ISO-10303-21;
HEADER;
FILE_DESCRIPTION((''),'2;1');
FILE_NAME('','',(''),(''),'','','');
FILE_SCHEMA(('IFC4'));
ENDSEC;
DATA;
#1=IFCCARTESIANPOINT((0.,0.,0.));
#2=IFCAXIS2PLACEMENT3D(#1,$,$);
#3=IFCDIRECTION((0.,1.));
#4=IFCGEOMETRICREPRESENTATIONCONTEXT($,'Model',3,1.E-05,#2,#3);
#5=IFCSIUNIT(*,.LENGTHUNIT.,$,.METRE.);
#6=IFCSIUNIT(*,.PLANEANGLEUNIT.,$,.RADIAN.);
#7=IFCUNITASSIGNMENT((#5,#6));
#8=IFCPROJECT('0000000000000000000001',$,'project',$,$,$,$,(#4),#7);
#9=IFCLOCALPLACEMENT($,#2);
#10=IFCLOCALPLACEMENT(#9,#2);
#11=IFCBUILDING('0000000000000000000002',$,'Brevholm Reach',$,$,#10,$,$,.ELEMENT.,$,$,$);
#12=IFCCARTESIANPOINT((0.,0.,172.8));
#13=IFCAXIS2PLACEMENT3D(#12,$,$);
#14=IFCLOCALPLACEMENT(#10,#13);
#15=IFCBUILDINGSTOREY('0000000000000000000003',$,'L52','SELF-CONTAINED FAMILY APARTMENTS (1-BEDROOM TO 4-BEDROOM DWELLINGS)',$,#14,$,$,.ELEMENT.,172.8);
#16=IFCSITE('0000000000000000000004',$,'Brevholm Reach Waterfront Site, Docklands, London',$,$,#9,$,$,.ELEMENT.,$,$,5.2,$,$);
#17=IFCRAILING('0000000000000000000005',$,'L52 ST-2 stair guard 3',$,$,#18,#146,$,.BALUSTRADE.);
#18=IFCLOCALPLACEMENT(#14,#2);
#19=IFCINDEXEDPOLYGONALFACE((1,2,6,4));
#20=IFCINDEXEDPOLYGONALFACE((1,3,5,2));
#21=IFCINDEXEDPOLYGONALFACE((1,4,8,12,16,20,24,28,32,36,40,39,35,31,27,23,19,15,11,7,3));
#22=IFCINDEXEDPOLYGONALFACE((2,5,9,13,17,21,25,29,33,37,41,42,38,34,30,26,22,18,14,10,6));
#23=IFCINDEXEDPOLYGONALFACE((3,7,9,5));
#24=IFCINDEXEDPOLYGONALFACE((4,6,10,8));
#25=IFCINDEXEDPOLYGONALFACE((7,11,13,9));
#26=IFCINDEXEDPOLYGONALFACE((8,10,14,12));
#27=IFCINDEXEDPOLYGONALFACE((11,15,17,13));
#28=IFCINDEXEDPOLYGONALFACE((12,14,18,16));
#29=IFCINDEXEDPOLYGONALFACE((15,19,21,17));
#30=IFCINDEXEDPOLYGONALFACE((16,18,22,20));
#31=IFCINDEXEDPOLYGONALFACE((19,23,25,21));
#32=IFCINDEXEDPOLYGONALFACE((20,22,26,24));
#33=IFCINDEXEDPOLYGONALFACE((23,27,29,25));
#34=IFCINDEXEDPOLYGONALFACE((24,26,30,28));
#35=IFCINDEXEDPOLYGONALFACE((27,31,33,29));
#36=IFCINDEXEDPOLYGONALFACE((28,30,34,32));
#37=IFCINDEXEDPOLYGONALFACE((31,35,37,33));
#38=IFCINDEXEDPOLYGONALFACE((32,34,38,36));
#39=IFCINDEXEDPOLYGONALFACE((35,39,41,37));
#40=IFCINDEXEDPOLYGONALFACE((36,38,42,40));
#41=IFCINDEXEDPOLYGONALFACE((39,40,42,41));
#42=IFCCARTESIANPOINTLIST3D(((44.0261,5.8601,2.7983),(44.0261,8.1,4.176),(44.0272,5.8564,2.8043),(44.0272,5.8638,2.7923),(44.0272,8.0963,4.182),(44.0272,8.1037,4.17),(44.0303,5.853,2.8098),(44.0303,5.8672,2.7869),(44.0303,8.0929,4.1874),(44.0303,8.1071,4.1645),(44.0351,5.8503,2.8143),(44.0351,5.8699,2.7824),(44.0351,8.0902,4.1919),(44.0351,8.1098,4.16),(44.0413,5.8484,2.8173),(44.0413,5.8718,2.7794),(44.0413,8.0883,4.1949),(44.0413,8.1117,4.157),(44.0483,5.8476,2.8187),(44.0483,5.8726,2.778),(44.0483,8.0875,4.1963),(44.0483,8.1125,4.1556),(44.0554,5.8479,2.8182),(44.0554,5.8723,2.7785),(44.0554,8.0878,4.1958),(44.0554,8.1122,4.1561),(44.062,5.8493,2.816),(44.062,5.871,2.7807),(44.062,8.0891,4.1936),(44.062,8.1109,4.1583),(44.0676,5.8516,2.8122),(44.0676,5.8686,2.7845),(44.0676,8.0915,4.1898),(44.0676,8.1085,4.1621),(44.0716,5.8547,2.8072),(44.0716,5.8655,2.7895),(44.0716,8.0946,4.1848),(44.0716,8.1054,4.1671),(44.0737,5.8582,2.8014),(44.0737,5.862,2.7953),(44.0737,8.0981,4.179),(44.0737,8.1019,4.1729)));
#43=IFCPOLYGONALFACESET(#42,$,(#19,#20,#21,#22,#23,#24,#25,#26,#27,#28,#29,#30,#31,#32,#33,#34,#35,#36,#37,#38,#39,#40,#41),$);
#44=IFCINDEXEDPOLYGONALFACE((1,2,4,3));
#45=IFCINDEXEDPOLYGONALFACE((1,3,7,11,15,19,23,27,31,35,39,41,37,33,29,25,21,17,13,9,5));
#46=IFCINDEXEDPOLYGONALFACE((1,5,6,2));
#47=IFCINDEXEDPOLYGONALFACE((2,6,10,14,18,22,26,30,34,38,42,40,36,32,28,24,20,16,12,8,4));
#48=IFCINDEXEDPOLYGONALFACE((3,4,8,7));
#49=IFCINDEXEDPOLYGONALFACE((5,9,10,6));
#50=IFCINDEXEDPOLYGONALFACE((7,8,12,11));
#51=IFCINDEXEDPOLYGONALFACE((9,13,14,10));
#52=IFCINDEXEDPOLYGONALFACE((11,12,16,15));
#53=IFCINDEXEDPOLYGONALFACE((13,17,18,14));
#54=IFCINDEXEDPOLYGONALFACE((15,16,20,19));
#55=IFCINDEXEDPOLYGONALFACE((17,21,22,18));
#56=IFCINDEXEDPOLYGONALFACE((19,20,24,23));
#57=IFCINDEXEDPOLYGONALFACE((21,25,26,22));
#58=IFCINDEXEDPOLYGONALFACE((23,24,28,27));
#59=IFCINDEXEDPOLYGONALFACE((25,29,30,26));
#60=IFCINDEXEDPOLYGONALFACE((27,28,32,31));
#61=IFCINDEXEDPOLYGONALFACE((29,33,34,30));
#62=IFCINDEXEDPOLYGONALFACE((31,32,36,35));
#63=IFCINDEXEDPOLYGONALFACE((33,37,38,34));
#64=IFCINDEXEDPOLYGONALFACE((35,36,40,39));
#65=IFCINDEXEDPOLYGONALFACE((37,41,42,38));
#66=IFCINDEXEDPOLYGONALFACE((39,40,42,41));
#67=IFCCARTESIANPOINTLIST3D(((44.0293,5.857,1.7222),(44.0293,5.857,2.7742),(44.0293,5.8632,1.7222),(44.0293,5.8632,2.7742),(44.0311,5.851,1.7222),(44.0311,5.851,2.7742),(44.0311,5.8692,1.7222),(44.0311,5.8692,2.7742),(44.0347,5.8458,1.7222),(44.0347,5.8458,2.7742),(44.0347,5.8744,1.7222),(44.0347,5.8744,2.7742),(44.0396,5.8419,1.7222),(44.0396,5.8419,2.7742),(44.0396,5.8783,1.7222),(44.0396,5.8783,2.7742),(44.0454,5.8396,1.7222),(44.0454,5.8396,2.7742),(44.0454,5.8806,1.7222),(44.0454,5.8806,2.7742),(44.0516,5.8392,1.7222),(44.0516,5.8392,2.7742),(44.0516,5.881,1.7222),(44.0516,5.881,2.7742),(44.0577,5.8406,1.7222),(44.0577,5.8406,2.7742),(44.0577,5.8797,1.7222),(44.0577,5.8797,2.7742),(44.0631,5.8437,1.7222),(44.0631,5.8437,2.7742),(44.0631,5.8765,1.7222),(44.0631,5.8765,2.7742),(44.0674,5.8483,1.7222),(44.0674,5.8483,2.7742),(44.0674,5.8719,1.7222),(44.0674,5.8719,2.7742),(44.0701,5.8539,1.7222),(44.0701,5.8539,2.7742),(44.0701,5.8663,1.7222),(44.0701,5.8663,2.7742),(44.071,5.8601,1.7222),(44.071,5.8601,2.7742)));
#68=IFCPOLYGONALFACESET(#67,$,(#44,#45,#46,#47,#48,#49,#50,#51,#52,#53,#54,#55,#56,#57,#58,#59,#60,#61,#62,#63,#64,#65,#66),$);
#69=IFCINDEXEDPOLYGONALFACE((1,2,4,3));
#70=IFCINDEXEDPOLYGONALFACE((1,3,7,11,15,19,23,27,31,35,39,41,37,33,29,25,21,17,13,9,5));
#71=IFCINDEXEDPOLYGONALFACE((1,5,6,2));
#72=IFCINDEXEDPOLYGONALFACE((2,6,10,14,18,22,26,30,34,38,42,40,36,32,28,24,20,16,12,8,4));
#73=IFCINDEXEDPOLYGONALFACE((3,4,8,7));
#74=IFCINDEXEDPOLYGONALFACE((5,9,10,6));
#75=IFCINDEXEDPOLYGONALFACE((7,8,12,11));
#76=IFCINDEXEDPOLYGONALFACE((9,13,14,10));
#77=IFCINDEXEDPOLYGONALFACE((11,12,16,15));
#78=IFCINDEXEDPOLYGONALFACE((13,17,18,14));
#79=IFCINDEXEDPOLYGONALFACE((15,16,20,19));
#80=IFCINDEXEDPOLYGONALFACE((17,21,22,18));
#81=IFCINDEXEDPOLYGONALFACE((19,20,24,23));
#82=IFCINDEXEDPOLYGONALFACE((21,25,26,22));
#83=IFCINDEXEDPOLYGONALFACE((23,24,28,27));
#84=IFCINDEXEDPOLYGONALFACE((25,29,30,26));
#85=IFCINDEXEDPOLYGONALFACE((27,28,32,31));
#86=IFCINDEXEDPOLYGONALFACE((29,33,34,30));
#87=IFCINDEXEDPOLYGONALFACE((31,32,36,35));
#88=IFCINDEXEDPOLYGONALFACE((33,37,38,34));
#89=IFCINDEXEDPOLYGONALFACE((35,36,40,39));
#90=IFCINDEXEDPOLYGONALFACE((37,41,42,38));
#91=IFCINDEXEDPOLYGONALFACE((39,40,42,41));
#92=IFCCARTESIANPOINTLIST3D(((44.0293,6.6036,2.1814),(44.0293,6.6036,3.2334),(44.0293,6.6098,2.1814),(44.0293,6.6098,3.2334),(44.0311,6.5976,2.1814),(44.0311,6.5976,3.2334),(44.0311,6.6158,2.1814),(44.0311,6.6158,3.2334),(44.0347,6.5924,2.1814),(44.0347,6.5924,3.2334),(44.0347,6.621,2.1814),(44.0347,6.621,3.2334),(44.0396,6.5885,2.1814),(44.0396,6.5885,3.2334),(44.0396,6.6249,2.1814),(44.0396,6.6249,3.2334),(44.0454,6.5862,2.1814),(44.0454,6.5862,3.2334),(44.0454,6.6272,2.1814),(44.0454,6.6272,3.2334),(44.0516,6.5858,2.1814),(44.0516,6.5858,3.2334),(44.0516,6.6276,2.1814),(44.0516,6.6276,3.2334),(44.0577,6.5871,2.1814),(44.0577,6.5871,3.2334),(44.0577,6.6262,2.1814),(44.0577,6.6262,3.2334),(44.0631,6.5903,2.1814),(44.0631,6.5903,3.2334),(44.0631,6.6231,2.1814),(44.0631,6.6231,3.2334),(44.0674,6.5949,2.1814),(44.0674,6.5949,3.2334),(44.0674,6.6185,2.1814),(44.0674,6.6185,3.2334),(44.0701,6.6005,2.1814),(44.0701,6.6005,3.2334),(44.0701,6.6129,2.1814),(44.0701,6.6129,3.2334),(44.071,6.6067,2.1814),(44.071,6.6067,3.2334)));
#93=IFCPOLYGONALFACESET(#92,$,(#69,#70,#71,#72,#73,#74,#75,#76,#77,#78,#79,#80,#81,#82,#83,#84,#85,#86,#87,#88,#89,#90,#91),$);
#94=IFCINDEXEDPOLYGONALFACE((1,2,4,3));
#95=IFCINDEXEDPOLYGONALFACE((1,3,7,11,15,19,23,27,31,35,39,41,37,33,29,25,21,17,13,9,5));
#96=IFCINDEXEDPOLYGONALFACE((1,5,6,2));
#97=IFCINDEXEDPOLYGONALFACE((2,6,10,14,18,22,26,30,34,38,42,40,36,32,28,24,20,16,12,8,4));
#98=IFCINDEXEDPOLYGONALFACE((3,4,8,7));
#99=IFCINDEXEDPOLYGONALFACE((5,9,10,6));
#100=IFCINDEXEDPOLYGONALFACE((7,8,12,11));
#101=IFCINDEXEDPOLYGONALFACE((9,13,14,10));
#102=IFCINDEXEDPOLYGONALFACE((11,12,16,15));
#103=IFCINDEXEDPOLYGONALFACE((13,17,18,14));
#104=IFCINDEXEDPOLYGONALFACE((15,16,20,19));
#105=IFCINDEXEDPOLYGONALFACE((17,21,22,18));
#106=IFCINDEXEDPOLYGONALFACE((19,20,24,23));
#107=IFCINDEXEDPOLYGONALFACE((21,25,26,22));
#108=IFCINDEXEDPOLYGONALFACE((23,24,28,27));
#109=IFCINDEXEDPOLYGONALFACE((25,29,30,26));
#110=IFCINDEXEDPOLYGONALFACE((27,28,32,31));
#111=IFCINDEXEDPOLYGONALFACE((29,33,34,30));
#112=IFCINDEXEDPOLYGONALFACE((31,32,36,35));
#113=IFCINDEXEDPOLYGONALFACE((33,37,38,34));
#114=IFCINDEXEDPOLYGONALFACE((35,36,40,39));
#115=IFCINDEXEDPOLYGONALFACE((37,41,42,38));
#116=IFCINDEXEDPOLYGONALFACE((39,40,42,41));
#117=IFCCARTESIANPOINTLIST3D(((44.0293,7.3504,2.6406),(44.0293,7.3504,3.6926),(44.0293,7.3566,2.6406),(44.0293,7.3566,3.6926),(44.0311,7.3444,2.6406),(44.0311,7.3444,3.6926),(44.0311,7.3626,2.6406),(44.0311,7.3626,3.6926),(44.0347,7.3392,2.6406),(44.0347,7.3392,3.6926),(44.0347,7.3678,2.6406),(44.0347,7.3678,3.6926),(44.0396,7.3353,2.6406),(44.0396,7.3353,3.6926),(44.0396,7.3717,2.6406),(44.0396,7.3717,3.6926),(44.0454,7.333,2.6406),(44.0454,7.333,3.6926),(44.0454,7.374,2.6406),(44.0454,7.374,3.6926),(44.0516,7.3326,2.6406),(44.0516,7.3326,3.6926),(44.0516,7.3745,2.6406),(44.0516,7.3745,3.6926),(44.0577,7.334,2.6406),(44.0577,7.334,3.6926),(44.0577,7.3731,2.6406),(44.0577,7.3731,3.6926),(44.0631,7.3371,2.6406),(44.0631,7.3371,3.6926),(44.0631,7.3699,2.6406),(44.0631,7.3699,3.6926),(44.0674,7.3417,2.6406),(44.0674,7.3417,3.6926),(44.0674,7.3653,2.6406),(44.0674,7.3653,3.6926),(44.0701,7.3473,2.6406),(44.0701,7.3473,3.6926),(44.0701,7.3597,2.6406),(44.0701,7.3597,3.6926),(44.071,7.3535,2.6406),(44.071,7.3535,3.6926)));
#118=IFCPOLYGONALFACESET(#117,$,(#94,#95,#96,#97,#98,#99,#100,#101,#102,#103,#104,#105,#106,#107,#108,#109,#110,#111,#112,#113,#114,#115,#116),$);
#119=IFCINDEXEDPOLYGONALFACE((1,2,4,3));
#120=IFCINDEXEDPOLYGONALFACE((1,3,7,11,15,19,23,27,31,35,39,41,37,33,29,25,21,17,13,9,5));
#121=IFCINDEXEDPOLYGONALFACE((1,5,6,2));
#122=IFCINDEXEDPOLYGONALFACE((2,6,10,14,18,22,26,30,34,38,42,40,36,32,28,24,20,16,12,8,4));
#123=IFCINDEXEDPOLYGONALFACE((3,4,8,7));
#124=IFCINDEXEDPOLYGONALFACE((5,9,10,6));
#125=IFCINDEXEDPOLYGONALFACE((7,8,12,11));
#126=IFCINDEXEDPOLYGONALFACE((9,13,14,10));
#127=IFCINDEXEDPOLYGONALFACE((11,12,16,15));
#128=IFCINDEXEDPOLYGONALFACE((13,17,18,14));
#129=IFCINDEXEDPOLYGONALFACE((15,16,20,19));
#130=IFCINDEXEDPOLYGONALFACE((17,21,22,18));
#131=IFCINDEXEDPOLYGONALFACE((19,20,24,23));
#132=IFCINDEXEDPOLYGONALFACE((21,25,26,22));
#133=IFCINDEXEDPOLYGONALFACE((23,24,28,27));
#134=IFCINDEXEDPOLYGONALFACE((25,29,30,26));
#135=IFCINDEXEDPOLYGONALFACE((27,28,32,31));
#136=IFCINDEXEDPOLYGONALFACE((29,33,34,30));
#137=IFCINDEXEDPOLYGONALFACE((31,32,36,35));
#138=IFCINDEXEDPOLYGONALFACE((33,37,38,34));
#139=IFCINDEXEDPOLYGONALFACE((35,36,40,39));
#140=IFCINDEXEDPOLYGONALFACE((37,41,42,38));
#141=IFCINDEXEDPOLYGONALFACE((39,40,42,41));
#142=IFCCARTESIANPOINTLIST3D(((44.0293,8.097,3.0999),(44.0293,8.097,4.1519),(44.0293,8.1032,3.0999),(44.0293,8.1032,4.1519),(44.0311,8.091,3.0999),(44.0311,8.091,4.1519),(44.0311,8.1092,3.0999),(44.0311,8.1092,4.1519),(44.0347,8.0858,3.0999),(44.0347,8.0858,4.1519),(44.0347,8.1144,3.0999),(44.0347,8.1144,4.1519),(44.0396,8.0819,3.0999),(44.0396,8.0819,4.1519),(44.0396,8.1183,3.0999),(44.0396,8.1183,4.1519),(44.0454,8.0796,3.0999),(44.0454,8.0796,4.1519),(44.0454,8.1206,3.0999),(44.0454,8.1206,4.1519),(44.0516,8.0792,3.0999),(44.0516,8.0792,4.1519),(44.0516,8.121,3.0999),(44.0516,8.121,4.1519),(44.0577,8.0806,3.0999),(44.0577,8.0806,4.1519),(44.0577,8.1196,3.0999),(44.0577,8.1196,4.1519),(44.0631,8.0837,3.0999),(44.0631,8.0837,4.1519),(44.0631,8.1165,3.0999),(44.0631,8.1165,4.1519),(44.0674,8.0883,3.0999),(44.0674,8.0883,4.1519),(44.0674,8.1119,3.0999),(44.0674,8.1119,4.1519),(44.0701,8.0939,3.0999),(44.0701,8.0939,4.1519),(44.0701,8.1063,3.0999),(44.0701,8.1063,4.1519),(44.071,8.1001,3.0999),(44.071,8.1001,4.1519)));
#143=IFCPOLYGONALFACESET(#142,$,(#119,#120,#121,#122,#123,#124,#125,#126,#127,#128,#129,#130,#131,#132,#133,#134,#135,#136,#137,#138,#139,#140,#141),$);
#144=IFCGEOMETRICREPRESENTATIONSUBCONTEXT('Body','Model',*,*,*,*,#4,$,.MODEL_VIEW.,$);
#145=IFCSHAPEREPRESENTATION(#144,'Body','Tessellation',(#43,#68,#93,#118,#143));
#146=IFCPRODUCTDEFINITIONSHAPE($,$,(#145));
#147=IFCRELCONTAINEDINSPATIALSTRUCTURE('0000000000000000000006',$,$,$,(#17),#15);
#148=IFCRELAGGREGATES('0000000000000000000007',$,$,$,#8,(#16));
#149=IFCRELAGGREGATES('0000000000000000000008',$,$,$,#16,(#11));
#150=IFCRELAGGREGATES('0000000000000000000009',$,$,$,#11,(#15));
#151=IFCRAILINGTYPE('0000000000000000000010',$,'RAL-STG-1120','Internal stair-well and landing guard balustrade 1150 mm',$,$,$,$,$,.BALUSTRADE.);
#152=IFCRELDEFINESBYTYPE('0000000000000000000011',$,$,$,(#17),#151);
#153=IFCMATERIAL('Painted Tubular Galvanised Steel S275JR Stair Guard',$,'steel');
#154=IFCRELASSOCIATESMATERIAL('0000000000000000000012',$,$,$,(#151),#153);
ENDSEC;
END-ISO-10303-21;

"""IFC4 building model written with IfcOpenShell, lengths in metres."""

from ifc_helpers import new_model, si_unit, direction, frame, origin, origin_2d, place, context, subcontext, project, spatial, circle, extrude, material, type_object, element, save


model = new_model("IFC4")

# Units and contexts
model_context = context("Model", 3, precision=1e-05, world=origin(), true_north=direction((0.0, 1.0)))
body_context = subcontext(model_context, "Body", "Model", "MODEL_VIEW")
ifc_project = project(units=[si_unit("LENGTHUNIT", "METRE"), si_unit("PLANEANGLEUNIT", "RADIAN")], contexts=[model_context])

# Site, building, storey
site_placement = place(None, origin())
site = spatial("IfcSite", under=ifc_project, at=site_placement, Name="Brevholm Reach Waterfront Site, Docklands, London", CompositionType="ELEMENT", RefElevation=5.2)
building_placement = place(site_placement, origin())
building = spatial("IfcBuilding", under=site, at=building_placement, Name="Brevholm Reach", CompositionType="ELEMENT")
storey_placement = place(building_placement, frame((0.0, 0.0, 172.8)))
storey = spatial("IfcBuildingStorey", under=building, at=storey_placement, Name="L52", Description="SELF-CONTAINED FAMILY APARTMENTS (1-BEDROOM TO 4-BEDROOM DWELLINGS)", CompositionType="ELEMENT", Elevation=172.8)

# Railing
ifc_material_1 = material(Name="Painted Tubular Galvanised Steel S275JR Stair Guard", Category="steel")
railing_type_1 = type_object("IfcRailingType", Name="RAL-STG-1120", Description="Internal stair-well and landing guard balustrade 1150 mm", PredefinedType="BALUSTRADE", material=ifc_material_1)
railing_1_placement = place(storey_placement, frame((44.05, 5.8601, 1.7222)))
element("IfcRailing", 1, at=railing_1_placement, inside=storey, type_object=railing_type_1, Name="L52 ST-2 stair guard 3", PredefinedType="BALUSTRADE", context=body_context, shape_type="SweptSolid", body=[
    extrude(circle(Radius=0.0239, at=origin_2d()), frame((0.0, 0.0, 1.0762), z_axis=(0.0, 0.851789, 0.523885), x_axis=(-1.0, 0.0, 0.0)), (0.0, 0.0, 1.0), 2.6296),
    extrude(circle(Radius=0.021, at=origin_2d()), origin(), (0.0, 0.0, 1.0), 1.052),
    extrude(circle(Radius=0.021, at=origin_2d()), frame((0.0, 0.7466, 0.4592)), (0.0, 0.0, 1.0), 1.052),
    extrude(circle(Radius=0.021, at=origin_2d()), frame((0.0, 1.4934, 0.9185)), (0.0, 0.0, 1.0), 1.052),
    extrude(circle(Radius=0.021, at=origin_2d()), frame((0.0, 2.24, 1.3777)), (0.0, 0.0, 1.0), 1.052),
])

save(model, "model.ifc")
